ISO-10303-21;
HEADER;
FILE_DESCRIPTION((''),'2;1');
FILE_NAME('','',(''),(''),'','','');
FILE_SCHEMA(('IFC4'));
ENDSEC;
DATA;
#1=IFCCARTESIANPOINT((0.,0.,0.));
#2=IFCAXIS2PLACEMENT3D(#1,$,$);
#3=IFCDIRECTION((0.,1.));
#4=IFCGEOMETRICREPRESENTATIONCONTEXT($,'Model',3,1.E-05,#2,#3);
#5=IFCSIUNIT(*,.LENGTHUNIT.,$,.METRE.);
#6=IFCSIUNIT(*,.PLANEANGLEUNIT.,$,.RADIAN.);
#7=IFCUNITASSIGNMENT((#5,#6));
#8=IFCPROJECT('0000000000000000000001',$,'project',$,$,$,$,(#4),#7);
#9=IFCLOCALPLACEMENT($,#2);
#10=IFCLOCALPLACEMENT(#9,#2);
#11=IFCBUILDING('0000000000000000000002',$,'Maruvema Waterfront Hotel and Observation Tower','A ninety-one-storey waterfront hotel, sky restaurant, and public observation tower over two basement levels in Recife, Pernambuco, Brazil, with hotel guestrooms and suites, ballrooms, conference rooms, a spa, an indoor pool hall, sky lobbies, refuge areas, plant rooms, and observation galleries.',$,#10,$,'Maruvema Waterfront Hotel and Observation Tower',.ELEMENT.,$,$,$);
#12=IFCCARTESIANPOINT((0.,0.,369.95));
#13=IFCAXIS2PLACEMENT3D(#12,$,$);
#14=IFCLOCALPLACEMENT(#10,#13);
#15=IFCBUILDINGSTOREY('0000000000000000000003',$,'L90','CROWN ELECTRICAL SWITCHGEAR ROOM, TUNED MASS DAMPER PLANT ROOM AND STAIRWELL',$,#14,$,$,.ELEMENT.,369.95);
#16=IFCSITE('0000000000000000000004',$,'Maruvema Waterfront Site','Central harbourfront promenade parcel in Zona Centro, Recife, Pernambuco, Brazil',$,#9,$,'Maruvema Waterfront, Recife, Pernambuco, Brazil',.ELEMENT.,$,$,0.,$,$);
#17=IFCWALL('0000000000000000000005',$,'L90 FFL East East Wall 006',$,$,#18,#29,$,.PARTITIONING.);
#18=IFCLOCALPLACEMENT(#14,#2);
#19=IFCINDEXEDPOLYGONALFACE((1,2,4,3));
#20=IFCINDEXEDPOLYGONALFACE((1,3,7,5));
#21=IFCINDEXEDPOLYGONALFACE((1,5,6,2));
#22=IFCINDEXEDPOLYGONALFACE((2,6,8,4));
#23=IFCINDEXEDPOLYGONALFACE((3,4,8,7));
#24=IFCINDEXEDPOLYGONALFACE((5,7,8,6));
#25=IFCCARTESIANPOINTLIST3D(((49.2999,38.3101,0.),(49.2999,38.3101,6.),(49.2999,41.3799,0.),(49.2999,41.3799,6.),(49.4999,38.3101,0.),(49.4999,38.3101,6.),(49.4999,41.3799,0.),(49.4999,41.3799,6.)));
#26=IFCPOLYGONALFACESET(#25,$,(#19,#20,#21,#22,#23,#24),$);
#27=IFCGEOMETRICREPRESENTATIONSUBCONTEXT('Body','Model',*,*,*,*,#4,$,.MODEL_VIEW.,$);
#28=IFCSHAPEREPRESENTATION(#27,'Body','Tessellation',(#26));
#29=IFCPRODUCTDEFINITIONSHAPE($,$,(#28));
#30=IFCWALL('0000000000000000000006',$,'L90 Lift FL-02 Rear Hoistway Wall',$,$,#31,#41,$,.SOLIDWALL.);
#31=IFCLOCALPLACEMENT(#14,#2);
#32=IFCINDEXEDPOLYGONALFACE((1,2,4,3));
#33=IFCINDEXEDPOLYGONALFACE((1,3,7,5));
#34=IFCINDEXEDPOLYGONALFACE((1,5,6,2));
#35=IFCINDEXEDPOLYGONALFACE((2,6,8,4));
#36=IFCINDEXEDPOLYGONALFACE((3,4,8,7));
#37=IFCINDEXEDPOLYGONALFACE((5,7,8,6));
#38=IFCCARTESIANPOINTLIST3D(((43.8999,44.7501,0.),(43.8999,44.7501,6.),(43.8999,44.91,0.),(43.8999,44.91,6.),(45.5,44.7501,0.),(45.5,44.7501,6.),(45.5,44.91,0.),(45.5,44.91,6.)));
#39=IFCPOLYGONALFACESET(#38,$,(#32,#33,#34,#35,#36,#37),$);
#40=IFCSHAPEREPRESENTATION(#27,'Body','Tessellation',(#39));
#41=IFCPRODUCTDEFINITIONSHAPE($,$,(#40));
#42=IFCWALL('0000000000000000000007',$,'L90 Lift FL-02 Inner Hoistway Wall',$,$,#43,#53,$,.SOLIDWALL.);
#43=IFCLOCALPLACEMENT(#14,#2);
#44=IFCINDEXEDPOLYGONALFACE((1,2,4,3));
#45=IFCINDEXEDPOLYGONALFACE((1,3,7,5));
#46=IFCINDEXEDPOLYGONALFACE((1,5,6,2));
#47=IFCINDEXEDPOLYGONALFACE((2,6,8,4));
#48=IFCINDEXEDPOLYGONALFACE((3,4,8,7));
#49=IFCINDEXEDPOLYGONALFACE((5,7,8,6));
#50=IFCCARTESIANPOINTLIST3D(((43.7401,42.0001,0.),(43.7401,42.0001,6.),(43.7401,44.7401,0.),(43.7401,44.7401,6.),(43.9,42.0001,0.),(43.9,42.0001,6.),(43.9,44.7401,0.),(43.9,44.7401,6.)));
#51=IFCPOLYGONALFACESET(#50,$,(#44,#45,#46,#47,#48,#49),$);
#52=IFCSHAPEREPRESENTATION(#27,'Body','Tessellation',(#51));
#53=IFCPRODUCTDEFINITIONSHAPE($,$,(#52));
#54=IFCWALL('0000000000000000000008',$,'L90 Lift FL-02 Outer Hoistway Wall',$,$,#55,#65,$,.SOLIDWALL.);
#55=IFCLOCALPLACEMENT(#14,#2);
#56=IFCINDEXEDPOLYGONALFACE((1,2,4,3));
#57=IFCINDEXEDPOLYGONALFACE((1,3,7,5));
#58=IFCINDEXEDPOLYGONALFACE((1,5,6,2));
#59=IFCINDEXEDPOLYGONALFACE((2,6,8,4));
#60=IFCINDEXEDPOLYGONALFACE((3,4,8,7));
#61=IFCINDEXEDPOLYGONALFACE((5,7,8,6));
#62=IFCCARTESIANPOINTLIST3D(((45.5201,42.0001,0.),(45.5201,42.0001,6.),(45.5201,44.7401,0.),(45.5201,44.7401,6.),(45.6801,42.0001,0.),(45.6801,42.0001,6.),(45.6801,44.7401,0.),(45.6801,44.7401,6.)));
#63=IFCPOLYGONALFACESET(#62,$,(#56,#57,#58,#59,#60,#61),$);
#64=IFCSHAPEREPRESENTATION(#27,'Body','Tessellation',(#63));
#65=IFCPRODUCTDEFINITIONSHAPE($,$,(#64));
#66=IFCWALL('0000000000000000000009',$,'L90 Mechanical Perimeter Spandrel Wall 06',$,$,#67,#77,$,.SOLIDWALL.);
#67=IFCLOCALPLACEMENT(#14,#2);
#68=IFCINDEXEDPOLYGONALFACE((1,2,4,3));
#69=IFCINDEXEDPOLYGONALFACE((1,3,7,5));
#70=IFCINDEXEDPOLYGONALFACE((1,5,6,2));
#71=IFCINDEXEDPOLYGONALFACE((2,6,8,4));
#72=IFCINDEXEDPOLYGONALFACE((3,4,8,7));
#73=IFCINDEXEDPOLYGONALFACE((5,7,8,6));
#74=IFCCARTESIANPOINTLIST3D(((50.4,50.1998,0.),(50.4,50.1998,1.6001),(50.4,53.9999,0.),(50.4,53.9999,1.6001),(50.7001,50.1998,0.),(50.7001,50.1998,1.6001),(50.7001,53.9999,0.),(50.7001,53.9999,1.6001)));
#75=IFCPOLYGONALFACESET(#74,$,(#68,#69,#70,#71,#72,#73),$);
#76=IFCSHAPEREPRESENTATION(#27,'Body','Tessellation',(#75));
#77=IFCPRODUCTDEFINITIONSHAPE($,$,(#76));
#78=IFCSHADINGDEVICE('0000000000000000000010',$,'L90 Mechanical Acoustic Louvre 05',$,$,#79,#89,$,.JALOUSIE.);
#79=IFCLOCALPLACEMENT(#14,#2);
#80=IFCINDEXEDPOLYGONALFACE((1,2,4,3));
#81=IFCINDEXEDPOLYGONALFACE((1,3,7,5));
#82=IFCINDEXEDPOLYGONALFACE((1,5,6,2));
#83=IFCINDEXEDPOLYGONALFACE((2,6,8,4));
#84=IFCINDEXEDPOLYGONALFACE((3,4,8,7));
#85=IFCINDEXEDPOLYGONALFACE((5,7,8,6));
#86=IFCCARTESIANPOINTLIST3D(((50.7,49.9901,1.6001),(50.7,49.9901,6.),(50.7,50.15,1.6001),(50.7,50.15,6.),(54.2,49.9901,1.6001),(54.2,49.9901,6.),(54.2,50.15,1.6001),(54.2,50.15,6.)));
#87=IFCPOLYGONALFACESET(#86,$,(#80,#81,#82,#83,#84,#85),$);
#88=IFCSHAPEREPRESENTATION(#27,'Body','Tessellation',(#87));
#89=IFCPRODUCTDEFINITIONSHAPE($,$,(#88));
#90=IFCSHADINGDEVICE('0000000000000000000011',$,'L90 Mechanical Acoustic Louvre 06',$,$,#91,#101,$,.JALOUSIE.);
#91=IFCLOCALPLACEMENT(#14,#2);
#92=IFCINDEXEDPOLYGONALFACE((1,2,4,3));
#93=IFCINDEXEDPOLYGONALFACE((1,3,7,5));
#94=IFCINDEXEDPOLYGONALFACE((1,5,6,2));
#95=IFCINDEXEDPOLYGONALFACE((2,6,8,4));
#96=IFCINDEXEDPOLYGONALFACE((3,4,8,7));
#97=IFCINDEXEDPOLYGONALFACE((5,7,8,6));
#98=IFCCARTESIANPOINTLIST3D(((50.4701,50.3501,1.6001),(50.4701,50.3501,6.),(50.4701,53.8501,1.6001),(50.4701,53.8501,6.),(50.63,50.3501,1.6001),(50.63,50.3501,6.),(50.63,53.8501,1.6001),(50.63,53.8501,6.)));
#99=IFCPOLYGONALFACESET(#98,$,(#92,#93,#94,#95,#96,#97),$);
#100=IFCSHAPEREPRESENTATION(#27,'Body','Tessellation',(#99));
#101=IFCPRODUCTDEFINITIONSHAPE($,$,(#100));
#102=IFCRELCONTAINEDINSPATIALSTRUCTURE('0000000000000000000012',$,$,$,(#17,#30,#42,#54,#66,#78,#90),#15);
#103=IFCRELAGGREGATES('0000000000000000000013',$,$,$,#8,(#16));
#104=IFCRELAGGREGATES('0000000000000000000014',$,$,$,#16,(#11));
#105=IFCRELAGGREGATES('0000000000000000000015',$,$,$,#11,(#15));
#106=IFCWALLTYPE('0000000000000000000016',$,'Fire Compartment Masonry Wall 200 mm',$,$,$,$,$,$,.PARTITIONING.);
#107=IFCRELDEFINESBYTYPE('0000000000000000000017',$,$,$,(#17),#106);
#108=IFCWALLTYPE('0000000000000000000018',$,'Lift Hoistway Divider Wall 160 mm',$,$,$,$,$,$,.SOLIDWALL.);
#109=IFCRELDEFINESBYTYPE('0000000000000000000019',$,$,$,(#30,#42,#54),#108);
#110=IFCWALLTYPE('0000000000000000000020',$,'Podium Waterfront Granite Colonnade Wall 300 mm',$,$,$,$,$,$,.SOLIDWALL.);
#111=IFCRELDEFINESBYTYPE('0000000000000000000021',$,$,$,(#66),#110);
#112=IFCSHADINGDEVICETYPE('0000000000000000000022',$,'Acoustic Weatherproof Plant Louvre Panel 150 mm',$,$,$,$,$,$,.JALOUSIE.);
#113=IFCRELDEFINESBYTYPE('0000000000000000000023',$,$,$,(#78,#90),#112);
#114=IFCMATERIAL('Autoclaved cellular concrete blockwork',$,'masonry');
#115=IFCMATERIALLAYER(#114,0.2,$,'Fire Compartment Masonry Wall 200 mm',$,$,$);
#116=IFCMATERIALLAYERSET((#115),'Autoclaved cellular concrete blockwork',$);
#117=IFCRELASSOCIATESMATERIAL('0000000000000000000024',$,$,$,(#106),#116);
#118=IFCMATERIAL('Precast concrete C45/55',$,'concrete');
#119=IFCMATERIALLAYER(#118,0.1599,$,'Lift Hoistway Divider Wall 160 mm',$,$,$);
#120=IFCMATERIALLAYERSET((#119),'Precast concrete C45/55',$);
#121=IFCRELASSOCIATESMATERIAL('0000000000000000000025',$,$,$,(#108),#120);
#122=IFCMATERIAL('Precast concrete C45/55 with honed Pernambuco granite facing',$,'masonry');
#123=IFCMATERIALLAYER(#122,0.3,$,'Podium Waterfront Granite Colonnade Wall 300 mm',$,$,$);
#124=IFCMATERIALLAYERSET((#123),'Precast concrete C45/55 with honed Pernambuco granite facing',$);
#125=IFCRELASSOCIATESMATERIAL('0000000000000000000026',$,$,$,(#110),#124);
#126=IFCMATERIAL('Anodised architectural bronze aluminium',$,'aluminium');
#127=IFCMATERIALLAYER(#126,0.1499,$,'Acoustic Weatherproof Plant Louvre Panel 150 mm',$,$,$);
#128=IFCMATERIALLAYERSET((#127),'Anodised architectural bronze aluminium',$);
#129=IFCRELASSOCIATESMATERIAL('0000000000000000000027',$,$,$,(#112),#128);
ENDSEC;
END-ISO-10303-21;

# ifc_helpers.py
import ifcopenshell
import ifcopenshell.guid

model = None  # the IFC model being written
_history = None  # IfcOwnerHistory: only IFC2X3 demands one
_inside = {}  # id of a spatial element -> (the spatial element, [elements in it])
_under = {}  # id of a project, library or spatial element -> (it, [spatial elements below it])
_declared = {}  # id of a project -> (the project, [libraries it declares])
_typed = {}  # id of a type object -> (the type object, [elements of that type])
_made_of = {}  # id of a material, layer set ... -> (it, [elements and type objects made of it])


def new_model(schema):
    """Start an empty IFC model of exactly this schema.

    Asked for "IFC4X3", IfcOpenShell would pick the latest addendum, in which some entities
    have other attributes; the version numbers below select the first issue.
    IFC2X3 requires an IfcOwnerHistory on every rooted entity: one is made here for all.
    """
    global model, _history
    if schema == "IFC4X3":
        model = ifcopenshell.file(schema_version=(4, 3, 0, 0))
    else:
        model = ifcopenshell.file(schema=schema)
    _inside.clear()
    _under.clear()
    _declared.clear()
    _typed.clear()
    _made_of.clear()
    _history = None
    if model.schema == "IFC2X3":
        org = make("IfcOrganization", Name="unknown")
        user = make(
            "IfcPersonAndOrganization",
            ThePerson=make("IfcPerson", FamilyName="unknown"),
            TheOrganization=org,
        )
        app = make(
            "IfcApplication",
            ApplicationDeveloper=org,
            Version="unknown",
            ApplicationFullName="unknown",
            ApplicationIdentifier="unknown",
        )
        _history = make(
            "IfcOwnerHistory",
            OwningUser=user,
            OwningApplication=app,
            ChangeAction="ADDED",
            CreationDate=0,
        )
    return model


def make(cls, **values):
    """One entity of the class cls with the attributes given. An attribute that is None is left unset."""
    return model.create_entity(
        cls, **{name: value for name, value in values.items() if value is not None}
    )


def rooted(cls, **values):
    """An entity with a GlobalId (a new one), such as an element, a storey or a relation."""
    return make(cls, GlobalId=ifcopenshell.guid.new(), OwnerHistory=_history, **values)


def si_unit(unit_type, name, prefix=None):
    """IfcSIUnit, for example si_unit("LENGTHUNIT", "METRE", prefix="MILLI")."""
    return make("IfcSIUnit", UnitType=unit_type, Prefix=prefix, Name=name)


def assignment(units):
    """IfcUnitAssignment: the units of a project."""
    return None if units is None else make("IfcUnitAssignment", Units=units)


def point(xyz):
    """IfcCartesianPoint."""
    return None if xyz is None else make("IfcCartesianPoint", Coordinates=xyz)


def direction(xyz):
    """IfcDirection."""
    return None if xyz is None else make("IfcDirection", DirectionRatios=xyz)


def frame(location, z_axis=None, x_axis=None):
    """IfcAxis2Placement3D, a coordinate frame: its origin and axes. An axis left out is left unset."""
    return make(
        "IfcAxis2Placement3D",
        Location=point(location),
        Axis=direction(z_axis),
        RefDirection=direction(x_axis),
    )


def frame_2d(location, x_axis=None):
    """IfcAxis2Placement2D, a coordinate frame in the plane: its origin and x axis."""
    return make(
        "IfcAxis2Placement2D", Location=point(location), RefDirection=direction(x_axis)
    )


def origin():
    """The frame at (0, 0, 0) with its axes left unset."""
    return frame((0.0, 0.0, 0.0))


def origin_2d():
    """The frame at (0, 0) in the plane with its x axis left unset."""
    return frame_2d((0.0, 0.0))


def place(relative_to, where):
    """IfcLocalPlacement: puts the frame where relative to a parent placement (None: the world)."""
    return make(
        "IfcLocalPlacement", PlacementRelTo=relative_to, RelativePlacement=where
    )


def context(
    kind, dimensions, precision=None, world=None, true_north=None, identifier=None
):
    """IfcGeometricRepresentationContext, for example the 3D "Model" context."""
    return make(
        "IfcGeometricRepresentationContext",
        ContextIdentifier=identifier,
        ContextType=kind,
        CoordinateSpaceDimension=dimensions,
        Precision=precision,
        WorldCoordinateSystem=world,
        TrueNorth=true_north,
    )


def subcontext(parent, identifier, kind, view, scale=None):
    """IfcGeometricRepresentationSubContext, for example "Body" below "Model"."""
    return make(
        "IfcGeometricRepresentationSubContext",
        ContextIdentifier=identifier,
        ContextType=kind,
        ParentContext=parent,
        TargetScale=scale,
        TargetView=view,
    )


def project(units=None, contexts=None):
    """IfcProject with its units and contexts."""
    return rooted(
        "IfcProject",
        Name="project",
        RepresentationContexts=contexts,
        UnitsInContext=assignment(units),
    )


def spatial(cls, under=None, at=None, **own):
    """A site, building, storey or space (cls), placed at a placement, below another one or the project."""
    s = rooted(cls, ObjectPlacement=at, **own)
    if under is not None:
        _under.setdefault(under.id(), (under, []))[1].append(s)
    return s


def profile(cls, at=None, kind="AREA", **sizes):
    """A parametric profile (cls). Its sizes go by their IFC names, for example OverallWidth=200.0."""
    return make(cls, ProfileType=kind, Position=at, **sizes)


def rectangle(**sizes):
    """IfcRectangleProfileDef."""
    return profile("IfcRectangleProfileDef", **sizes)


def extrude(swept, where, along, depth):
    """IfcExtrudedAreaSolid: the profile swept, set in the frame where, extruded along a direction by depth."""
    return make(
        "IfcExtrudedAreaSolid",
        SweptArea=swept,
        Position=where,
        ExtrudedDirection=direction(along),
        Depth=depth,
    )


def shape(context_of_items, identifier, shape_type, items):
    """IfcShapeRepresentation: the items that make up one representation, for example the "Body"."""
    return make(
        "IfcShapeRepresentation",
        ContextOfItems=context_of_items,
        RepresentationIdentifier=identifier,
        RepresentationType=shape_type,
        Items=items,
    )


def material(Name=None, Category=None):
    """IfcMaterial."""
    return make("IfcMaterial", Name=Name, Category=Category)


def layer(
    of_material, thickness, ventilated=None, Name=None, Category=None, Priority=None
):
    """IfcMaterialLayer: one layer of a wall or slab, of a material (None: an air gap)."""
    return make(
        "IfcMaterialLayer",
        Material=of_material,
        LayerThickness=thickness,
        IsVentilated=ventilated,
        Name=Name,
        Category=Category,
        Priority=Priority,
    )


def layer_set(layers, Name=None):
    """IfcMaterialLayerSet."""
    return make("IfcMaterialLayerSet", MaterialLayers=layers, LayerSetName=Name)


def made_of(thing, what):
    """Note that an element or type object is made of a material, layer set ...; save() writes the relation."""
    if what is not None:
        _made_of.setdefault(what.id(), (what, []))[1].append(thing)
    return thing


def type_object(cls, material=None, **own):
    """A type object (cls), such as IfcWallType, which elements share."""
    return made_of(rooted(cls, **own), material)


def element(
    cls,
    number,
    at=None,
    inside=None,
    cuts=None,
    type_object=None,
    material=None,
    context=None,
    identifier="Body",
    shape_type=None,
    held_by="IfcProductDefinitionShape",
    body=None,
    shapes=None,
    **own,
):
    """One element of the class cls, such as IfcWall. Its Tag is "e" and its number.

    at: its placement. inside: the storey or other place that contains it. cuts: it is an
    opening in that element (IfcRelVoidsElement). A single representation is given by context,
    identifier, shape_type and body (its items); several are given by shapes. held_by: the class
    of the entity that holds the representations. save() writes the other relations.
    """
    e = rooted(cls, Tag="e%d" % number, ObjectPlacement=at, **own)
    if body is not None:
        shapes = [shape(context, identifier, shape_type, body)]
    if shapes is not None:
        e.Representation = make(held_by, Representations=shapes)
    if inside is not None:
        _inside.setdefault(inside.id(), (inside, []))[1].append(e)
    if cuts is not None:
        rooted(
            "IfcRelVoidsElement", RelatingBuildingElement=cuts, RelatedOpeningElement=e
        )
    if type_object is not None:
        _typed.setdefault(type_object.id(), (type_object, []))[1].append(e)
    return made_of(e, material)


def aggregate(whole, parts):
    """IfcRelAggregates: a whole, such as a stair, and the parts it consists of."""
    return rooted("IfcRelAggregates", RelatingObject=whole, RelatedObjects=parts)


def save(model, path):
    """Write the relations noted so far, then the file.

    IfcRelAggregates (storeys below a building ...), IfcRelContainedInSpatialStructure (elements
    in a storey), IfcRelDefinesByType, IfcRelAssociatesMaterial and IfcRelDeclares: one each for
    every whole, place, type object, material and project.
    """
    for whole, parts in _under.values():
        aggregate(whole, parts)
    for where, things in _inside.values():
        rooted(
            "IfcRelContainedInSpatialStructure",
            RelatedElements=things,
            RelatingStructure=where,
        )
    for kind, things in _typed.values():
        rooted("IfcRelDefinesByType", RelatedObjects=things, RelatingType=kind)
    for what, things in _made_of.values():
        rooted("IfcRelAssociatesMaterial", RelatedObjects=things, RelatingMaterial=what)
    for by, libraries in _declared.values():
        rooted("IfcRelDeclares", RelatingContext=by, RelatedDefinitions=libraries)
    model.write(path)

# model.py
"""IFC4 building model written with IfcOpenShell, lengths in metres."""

from ifc_helpers import new_model, si_unit, direction, frame, frame_2d, origin, origin_2d, place, context, subcontext, project, spatial, rectangle, extrude, material, layer, layer_set, type_object, element, save


model = new_model("IFC4")

# Units and contexts
model_context = context("Model", 3, precision=1e-05, world=origin(), true_north=direction((0.0, 1.0)))
body_context = subcontext(model_context, "Body", "Model", "MODEL_VIEW")
ifc_project = project(units=[si_unit("LENGTHUNIT", "METRE"), si_unit("PLANEANGLEUNIT", "RADIAN")], contexts=[model_context])

# Site, building, storey
site_placement = place(None, origin())
site = spatial("IfcSite", under=ifc_project, at=site_placement, Name="Maruvema Waterfront Site", Description="Central harbourfront promenade parcel in Zona Centro, Recife, Pernambuco, Brazil", LongName="Maruvema Waterfront, Recife, Pernambuco, Brazil", CompositionType="ELEMENT", RefElevation=0.0)
building_placement = place(site_placement, origin())
building = spatial("IfcBuilding", under=site, at=building_placement, Name="Maruvema Waterfront Hotel and Observation Tower", Description="A ninety-one-storey waterfront hotel, sky restaurant, and public observation tower over two basement levels in Recife, Pernambuco, Brazil, with hotel guestrooms and suites, ballrooms, conference rooms, a spa, an indoor pool hall, sky lobbies, refuge areas, plant rooms, and observation galleries.", LongName="Maruvema Waterfront Hotel and Observation Tower", CompositionType="ELEMENT")
storey_placement = place(building_placement, frame((0.0, 0.0, 369.95)))
storey = spatial("IfcBuildingStorey", under=building, at=storey_placement, Name="L90", Description="CROWN ELECTRICAL SWITCHGEAR ROOM, TUNED MASS DAMPER PLANT ROOM AND STAIRWELL", CompositionType="ELEMENT", Elevation=369.95)

# Walls
ifc_material_1 = material(Name="Autoclaved cellular concrete blockwork", Category="masonry")
ifc_layer_1 = layer(ifc_material_1, 0.2, Name="Fire Compartment Masonry Wall 200 mm")
ifc_layer_set_1 = layer_set([ifc_layer_1], Name="Autoclaved cellular concrete blockwork")
wall_type_1 = type_object("IfcWallType", Name="Fire Compartment Masonry Wall 200 mm", PredefinedType="PARTITIONING", material=ifc_layer_set_1)
wall_1_placement = place(storey_placement, frame((49.3999, 38.3101, 0.0), z_axis=(0.0, 0.0, 1.0), x_axis=(0.0, 1.0, 0.0)))
element("IfcWall", 1, at=wall_1_placement, inside=storey, type_object=wall_type_1, Name="L90 FFL East East Wall 006", PredefinedType="PARTITIONING", context=body_context, shape_type="SweptSolid", body=[
    extrude(rectangle(XDim=3.0698, YDim=0.2, at=frame_2d((1.5349, 0.0))), origin(), (0.0, 0.0, 1.0), 6.0),
])
ifc_material_2 = material(Name="Precast concrete C45/55", Category="concrete")
ifc_layer_2 = layer(ifc_material_2, 0.1599, Name="Lift Hoistway Divider Wall 160 mm")
ifc_layer_set_2 = layer_set([ifc_layer_2], Name="Precast concrete C45/55")
wall_type_2 = type_object("IfcWallType", Name="Lift Hoistway Divider Wall 160 mm", PredefinedType="SOLIDWALL", material=ifc_layer_set_2)
wall_2_placement = place(storey_placement, frame((43.8999, 44.8301, 0.0), z_axis=(0.0, 0.0, 1.0), x_axis=(1.0, 0.0, 0.0)))
element("IfcWall", 2, at=wall_2_placement, inside=storey, type_object=wall_type_2, Name="L90 Lift FL-02 Rear Hoistway Wall", PredefinedType="SOLIDWALL", context=body_context, shape_type="SweptSolid", body=[
    extrude(rectangle(XDim=1.6001, YDim=0.1599, at=frame_2d((0.8, 0.0))), origin(), (0.0, 0.0, 1.0), 6.0),
])
for number, where, z_axis, x_axis, name in (
    (3, (43.8201, 42.0, 0.0), (0.0, 0.0, 1.0), (0.0, 1.0, 0.0), "L90 Lift FL-02 Inner Hoistway Wall"),
    (4, (45.6001, 42.0, 0.0), (0.0, 0.0, 1.0), (0.0, 1.0, 0.0), "L90 Lift FL-02 Outer Hoistway Wall"),
):
    element("IfcWall", number, at=place(storey_placement, frame(where, z_axis=z_axis, x_axis=x_axis)), inside=storey, type_object=wall_type_2, Name=name, PredefinedType="SOLIDWALL", context=body_context, shape_type="SweptSolid", body=[
        extrude(rectangle(XDim=2.74, YDim=0.1599, at=frame_2d((1.3701, 0.0))), origin(), (0.0, 0.0, 1.0), 6.0),
    ])
ifc_material_3 = material(Name="Precast concrete C45/55 with honed Pernambuco granite facing", Category="masonry")
ifc_layer_3 = layer(ifc_material_3, 0.3, Name="Podium Waterfront Granite Colonnade Wall 300 mm")
ifc_layer_set_3 = layer_set([ifc_layer_3], Name="Precast concrete C45/55 with honed Pernambuco granite facing")
wall_type_3 = type_object("IfcWallType", Name="Podium Waterfront Granite Colonnade Wall 300 mm", PredefinedType="SOLIDWALL", material=ifc_layer_set_3)
wall_3_placement = place(storey_placement, frame((50.55, 50.2, 0.0), z_axis=(0.0, 0.0, 1.0), x_axis=(0.0, 1.0, 0.0)))
element("IfcWall", 5, at=wall_3_placement, inside=storey, type_object=wall_type_3, Name="L90 Mechanical Perimeter Spandrel Wall 06", PredefinedType="SOLIDWALL", context=body_context, shape_type="SweptSolid", body=[
    extrude(rectangle(XDim=3.8, YDim=0.3, at=frame_2d((1.8999, 0.0))), origin(), (0.0, 0.0, 1.0), 1.6001),
])

# Shading devices
ifc_material_4 = material(Name="Anodised architectural bronze aluminium", Category="aluminium")
ifc_layer_4 = layer(ifc_material_4, 0.1499, Name="Acoustic Weatherproof Plant Louvre Panel 150 mm")
ifc_layer_set_4 = layer_set([ifc_layer_4], Name="Anodised architectural bronze aluminium")
shading_device_type = type_object("IfcShadingDeviceType", Name="Acoustic Weatherproof Plant Louvre Panel 150 mm", PredefinedType="JALOUSIE", material=ifc_layer_set_4)
for number, where, z_axis, x_axis, name in (
    (6, (52.45, 50.0701, 1.6001), (0.0, 0.0, 1.0), (-1.0, 0.0, 0.0), "L90 Mechanical Acoustic Louvre 05"),
    (7, (50.55, 52.1001, 1.6001), (0.0, 0.0, 1.0), (0.0, 1.0, 0.0), "L90 Mechanical Acoustic Louvre 06"),
):
    element("IfcShadingDevice", number, at=place(storey_placement, frame(where, z_axis=z_axis, x_axis=x_axis)), inside=storey, type_object=shading_device_type, Name=name, PredefinedType="JALOUSIE", context=body_context, shape_type="SweptSolid", body=[
        extrude(rectangle(XDim=3.5, YDim=0.1599, at=origin_2d()), origin(), (0.0, 0.0, 1.0), 4.3999),
    ])

save(model, "model.ifc")
